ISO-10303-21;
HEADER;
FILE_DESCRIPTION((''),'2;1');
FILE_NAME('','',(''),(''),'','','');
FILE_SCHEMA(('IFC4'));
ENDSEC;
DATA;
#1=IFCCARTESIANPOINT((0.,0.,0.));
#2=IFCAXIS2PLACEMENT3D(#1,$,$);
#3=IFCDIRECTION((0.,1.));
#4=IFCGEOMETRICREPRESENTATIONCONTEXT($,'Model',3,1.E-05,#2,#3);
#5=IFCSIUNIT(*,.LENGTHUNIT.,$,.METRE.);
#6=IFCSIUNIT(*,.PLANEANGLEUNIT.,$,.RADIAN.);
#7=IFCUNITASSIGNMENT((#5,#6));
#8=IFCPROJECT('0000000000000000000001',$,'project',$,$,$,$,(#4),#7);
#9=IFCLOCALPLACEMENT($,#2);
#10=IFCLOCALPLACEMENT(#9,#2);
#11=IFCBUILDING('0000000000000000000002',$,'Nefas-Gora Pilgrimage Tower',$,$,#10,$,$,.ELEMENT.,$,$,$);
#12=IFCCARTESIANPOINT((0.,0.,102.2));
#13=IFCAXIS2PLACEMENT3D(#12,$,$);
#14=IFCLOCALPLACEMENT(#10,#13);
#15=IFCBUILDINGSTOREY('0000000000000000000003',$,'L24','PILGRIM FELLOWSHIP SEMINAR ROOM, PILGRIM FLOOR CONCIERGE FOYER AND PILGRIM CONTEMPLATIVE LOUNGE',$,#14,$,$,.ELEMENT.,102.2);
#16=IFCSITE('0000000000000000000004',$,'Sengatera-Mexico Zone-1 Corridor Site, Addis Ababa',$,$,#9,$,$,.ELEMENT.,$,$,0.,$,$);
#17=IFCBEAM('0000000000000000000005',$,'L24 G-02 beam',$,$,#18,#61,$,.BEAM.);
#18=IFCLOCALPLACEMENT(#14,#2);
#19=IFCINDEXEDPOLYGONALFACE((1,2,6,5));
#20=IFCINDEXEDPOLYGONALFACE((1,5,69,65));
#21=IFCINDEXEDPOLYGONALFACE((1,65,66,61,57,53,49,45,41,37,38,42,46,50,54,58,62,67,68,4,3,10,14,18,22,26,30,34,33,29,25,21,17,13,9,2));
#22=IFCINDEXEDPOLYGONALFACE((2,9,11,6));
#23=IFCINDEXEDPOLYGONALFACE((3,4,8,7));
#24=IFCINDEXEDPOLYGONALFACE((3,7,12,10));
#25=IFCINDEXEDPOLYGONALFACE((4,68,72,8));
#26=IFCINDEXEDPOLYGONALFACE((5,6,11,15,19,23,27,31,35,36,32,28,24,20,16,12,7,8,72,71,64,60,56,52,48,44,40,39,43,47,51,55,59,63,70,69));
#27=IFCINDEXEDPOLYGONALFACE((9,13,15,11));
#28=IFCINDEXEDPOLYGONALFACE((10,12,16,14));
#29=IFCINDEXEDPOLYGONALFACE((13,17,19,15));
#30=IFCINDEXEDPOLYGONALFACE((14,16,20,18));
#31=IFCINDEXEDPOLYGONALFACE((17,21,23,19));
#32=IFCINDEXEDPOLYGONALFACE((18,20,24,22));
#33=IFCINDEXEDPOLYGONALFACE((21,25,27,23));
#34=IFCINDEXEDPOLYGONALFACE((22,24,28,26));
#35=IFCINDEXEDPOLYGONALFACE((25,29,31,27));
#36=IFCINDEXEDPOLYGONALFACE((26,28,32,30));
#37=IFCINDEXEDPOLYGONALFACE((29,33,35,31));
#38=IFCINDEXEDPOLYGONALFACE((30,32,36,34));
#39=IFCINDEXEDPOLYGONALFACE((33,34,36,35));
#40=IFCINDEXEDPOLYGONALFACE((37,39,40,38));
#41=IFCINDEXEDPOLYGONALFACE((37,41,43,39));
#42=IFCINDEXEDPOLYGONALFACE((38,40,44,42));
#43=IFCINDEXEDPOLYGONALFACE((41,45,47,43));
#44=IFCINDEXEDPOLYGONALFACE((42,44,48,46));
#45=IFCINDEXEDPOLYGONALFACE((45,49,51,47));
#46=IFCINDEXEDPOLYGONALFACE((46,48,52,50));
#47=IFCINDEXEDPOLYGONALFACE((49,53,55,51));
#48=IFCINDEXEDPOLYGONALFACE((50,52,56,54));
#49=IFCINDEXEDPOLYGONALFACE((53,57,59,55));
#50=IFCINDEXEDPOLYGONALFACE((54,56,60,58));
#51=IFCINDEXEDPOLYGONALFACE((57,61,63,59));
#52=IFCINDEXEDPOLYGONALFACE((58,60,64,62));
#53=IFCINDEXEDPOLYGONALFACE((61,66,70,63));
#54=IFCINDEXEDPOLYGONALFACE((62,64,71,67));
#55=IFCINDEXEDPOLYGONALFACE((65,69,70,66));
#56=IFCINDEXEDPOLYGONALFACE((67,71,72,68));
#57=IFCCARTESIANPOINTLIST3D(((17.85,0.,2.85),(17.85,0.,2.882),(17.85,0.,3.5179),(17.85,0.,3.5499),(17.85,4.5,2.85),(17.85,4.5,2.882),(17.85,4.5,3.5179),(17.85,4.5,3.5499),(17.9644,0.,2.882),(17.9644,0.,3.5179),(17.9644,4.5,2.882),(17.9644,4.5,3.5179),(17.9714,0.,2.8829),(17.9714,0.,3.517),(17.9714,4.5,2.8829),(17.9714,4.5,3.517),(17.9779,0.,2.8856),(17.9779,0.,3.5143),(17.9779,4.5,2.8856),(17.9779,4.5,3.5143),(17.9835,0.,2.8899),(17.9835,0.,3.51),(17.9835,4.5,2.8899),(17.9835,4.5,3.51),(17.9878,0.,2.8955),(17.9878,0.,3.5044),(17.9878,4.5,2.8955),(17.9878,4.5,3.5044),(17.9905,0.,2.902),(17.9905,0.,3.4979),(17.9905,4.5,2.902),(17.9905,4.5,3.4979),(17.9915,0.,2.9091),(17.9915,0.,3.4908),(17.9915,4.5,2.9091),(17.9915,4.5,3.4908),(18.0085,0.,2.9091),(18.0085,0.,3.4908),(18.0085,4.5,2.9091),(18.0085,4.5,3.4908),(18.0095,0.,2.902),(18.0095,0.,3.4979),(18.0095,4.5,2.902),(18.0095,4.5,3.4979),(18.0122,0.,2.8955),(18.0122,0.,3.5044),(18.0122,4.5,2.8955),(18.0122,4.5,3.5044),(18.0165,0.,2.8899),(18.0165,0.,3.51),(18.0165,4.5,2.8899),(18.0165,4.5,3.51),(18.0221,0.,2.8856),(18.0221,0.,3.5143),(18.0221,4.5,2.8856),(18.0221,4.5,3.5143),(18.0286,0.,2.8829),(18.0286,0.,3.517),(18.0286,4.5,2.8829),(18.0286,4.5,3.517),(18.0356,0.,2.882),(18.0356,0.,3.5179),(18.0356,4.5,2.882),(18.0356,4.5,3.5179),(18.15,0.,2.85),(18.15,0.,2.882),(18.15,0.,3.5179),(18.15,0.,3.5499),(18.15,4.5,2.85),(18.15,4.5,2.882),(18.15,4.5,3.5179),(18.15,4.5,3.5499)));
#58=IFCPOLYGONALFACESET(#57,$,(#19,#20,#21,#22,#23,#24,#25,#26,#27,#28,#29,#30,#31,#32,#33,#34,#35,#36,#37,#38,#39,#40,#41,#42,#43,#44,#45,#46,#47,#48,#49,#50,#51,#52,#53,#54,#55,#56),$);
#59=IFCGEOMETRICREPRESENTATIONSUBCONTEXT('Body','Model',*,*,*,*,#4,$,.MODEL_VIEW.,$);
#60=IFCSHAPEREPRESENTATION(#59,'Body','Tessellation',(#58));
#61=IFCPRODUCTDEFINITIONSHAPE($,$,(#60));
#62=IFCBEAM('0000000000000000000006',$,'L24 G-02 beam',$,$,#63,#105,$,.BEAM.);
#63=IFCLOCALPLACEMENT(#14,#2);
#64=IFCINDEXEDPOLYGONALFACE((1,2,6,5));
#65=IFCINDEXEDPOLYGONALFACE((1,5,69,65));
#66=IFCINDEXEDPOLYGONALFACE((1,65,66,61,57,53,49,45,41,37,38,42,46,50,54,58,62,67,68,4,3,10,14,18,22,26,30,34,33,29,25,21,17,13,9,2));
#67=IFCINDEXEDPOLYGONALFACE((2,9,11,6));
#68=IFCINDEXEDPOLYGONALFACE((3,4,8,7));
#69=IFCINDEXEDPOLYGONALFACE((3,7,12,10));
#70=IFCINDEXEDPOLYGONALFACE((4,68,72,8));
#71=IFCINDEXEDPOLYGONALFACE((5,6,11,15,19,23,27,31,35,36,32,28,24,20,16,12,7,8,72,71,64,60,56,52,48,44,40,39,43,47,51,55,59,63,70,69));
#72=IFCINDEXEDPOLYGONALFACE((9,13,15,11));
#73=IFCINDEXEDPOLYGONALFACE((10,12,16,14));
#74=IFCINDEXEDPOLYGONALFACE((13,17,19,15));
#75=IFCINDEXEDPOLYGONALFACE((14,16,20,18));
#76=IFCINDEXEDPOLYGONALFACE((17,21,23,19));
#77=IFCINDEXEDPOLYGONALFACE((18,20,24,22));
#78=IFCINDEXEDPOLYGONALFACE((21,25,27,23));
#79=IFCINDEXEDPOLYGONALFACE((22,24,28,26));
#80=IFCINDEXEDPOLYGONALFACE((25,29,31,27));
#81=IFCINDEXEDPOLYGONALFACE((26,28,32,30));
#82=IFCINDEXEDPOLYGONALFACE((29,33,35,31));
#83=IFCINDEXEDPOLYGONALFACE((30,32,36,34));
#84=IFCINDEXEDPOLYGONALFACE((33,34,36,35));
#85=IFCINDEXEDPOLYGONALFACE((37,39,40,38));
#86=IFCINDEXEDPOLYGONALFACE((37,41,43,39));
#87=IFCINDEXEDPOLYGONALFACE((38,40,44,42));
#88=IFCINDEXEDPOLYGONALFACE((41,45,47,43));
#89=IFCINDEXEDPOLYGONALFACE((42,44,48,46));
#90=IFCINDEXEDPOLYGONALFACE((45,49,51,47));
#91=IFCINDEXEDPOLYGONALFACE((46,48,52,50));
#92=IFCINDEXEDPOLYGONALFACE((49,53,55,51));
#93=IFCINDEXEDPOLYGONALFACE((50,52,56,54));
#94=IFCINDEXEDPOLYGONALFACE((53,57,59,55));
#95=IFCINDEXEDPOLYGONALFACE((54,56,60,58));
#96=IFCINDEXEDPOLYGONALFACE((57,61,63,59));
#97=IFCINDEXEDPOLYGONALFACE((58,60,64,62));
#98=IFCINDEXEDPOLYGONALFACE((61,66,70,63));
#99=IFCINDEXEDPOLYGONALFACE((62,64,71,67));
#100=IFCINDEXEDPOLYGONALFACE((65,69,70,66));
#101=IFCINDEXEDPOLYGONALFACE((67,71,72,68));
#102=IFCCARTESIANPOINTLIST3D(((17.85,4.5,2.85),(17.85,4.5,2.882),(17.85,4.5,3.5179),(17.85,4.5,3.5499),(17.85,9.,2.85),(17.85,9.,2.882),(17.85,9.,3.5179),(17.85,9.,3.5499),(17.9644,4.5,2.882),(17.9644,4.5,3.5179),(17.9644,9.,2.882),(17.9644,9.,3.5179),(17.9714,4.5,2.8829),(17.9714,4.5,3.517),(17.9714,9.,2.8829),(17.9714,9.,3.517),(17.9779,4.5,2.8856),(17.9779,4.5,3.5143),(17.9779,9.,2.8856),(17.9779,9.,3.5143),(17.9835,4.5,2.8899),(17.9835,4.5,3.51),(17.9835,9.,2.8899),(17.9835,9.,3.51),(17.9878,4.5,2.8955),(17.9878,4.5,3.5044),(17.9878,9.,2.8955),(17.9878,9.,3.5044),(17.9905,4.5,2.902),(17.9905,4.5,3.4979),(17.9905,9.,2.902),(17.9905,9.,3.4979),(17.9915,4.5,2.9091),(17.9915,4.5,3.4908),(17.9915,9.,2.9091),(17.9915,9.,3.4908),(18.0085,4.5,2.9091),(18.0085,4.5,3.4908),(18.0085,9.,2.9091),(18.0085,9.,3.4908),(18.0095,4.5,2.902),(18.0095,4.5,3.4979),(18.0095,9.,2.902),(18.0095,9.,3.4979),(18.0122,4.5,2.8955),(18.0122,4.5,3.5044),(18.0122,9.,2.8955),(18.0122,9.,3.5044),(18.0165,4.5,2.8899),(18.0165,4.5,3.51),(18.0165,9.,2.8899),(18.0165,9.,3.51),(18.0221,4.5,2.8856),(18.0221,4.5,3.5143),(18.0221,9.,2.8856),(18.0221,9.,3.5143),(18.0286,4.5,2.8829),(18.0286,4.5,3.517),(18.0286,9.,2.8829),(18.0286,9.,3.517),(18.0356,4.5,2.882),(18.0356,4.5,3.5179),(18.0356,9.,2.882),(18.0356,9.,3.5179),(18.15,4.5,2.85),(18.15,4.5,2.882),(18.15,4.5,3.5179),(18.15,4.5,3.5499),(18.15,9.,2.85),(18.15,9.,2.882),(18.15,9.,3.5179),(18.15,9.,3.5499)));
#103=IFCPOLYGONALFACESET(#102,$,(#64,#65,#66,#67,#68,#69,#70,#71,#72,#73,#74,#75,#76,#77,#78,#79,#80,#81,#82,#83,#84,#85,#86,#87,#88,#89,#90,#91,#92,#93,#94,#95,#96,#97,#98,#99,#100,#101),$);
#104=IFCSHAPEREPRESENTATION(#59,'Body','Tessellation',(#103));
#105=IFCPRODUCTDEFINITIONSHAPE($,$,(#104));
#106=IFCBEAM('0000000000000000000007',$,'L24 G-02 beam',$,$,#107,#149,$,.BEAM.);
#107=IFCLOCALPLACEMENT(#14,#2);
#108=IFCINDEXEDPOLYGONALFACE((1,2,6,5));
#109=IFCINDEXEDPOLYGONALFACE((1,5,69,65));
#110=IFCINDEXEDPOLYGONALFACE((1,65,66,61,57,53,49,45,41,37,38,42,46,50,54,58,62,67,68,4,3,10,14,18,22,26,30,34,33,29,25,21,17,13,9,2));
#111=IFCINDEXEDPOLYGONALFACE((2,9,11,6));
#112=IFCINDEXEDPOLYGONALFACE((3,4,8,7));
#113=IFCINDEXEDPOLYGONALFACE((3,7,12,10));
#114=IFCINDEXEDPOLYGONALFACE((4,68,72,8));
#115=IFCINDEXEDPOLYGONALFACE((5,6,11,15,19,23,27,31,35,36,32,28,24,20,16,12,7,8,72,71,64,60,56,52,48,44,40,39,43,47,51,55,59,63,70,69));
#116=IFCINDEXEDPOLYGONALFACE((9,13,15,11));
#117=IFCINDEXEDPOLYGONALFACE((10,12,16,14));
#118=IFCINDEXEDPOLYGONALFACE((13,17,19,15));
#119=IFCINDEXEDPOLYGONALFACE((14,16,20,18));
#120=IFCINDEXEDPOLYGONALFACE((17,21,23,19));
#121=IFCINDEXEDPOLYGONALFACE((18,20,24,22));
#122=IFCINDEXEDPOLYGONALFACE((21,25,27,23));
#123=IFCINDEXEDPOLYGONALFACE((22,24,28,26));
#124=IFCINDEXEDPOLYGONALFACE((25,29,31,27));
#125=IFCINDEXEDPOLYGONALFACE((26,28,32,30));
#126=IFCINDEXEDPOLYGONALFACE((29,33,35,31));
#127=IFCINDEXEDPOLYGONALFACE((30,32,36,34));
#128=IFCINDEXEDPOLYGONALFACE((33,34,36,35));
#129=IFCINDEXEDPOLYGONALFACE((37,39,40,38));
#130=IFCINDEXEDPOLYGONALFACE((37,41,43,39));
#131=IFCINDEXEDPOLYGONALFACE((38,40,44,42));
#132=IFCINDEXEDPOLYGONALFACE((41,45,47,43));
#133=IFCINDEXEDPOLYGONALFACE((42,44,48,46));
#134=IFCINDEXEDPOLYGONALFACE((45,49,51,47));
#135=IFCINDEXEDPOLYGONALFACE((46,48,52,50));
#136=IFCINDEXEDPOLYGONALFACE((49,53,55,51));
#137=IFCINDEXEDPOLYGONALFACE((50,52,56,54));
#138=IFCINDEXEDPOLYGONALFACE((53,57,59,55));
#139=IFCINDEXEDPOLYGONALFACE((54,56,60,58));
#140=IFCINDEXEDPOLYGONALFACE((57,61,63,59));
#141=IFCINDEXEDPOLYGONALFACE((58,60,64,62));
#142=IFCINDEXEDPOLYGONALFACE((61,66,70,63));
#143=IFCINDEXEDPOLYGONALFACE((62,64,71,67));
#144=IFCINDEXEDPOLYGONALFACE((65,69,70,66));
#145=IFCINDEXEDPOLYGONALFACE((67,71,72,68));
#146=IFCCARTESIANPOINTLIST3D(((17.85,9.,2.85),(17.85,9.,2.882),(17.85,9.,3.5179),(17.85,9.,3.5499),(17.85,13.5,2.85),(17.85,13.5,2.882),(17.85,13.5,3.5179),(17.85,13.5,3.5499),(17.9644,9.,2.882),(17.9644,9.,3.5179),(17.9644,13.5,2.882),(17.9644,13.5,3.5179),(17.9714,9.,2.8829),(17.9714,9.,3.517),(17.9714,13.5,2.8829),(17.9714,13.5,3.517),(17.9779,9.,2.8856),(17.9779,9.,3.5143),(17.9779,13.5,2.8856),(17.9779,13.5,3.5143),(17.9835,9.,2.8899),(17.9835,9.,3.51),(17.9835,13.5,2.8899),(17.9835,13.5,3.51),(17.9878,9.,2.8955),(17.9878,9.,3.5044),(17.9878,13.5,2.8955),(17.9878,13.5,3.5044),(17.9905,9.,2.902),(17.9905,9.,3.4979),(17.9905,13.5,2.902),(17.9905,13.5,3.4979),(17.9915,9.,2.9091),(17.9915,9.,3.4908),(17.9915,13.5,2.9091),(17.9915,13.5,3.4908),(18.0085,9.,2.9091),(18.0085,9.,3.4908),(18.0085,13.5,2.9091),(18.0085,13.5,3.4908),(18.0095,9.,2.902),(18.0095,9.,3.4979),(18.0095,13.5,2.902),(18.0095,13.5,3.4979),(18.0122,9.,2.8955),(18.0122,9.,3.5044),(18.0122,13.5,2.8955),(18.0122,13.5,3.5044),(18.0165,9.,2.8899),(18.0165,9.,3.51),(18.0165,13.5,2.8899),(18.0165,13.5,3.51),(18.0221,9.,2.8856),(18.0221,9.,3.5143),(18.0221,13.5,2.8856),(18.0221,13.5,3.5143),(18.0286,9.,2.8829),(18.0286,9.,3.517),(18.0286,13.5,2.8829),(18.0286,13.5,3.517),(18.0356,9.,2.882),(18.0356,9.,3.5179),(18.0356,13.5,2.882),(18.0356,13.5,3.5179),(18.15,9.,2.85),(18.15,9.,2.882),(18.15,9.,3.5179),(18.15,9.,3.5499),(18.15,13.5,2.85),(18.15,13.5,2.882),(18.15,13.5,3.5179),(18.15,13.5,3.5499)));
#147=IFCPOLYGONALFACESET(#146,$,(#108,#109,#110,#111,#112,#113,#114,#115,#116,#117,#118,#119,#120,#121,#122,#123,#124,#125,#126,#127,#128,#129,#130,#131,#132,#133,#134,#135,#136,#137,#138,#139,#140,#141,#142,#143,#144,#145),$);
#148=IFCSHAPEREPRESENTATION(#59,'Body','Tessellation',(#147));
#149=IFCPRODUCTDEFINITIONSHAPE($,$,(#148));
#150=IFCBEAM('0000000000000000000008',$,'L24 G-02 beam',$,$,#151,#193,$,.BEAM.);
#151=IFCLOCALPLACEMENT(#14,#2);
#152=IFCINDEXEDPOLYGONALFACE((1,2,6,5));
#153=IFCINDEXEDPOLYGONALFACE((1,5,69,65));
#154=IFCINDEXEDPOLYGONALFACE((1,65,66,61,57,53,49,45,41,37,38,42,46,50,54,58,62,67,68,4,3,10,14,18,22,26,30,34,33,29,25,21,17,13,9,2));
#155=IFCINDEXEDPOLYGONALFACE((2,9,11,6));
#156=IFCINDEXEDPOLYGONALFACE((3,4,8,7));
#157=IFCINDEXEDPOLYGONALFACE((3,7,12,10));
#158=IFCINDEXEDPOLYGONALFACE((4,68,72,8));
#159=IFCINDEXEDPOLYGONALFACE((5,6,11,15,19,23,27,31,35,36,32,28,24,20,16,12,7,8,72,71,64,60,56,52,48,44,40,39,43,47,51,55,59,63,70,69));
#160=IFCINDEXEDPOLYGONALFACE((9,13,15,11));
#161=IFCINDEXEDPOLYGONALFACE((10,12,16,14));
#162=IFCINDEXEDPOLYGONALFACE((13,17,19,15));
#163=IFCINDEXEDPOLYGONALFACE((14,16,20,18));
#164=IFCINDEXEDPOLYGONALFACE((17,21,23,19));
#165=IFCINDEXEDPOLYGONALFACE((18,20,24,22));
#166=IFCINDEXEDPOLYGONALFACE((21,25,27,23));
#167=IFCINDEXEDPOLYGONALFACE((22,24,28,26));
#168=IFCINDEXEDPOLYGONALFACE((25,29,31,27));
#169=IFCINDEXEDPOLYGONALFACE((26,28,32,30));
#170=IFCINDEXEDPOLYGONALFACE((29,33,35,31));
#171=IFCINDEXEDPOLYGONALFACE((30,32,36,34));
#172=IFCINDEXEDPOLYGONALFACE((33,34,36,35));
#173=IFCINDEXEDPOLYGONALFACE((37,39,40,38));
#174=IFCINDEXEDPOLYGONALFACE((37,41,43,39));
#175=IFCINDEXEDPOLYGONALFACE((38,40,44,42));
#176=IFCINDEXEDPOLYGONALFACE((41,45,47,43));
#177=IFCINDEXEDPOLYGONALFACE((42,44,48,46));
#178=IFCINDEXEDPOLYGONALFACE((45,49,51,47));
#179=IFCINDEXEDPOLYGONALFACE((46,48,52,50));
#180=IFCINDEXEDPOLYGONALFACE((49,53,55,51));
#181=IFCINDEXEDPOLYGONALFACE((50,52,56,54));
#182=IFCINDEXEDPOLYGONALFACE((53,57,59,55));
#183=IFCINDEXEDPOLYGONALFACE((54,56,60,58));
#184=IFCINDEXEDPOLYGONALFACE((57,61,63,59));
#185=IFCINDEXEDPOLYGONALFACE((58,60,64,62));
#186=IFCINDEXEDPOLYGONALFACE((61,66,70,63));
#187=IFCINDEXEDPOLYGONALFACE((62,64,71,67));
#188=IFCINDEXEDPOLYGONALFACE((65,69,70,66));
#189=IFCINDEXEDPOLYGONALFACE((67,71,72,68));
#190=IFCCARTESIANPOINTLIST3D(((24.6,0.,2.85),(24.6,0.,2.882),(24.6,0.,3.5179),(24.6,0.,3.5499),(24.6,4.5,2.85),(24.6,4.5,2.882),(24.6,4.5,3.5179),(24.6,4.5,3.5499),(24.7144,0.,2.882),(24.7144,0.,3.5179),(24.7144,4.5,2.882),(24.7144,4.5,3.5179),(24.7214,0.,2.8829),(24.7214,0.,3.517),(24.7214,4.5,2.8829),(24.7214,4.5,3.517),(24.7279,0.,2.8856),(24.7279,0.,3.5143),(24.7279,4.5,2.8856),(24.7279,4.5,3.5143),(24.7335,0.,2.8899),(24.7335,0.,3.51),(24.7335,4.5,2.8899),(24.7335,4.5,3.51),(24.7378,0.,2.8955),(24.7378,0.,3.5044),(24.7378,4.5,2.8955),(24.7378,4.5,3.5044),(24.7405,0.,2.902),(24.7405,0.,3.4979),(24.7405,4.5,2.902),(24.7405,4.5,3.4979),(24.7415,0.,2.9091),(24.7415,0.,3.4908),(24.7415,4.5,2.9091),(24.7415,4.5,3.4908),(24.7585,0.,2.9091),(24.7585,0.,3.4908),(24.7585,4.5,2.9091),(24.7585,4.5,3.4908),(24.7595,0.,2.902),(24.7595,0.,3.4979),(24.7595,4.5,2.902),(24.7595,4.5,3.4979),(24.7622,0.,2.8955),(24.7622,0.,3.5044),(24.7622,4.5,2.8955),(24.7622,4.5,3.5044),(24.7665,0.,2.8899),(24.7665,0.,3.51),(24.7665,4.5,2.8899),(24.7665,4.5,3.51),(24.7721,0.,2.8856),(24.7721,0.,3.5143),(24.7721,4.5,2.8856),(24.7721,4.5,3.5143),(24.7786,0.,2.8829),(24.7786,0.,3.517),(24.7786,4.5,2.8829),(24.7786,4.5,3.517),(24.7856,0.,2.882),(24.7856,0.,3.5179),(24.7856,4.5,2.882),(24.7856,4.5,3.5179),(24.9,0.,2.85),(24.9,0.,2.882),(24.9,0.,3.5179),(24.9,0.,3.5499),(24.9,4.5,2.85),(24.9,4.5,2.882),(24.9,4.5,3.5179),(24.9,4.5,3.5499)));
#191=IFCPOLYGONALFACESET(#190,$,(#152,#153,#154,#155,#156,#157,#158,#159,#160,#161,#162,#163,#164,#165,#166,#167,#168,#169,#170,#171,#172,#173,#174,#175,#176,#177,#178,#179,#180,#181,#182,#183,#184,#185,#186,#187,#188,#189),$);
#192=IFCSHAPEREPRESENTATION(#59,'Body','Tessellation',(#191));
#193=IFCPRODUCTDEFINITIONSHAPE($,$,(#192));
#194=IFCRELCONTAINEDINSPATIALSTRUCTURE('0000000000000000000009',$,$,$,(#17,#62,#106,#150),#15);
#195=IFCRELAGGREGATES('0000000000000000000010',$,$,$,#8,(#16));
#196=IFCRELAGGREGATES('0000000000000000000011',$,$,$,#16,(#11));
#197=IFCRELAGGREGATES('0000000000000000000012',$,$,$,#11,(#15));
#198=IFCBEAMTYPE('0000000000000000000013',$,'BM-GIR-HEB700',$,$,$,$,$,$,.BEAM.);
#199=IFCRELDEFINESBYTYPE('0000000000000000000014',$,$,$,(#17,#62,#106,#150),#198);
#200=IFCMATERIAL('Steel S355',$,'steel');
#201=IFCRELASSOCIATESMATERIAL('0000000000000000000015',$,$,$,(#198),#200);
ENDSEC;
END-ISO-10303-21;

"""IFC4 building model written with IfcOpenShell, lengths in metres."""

from ifc_helpers import new_model, si_unit, direction, frame, origin, origin_2d, place, context, subcontext, project, spatial, i_section, extrude, source, transform, mapped, material, material_profile, profile_set, type_object, element, save


model = new_model("IFC4")

# Units and contexts
model_context = context("Model", 3, precision=1e-05, world=origin(), true_north=direction((0.0, 1.0)))
body_context = subcontext(model_context, "Body", "Model", "MODEL_VIEW")
ifc_project = project(units=[si_unit("LENGTHUNIT", "METRE"), si_unit("PLANEANGLEUNIT", "RADIAN")], contexts=[model_context])

# Site, building, storey
site_placement = place(None, origin())
site = spatial("IfcSite", under=ifc_project, at=site_placement, Name="Sengatera-Mexico Zone-1 Corridor Site, Addis Ababa", CompositionType="ELEMENT", RefElevation=0.0)
building_placement = place(site_placement, origin())
building = spatial("IfcBuilding", under=site, at=building_placement, Name="Nefas-Gora Pilgrimage Tower", CompositionType="ELEMENT")
storey_placement = place(building_placement, frame((0.0, 0.0, 102.2)))
storey = spatial("IfcBuildingStorey", under=building, at=storey_placement, Name="L24", Description="PILGRIM FELLOWSHIP SEMINAR ROOM, PILGRIM FLOOR CONCIERGE FOYER AND PILGRIM CONTEMPLATIVE LOUNGE", CompositionType="ELEMENT", Elevation=102.2)

# Beams
ifc_material_1 = material(Name="Steel S355", Category="steel")
ifc_material_profile_1 = material_profile(ifc_material_1, i_section(OverallWidth=0.3, OverallDepth=0.7, WebThickness=0.0171, FlangeThickness=0.032, FilletRadius=0.0271, at=origin_2d()), Name="HEB 700")
ifc_profile_set_1 = profile_set([ifc_material_profile_1], Name="Steel S355")
beam_type_1 = type_object("IfcBeamType", Name="BM-GIR-HEB700", PredefinedType="BEAM", material=ifc_profile_set_1)
shared_shape_1 = source(origin(), body_context, "Body", "SweptSolid", [
    extrude(i_section(OverallWidth=0.3, OverallDepth=0.7, WebThickness=0.0171, FlangeThickness=0.032, FilletRadius=0.0271, at=origin_2d()), origin(), (0.0, 0.0, 1.0), 4.5),
])
for number, where, z_axis, x_axis, name in (
    (1, (18.0, 0.0, 3.2), (0.0, 1.0, 0.0), (-1.0, 0.0, 0.0), "L24 G-02 beam"),
    (2, (18.0, 4.5, 3.2), (0.0, 1.0, 0.0), (-1.0, 0.0, 0.0), "L24 G-02 beam"),
    (3, (18.0, 9.0, 3.2), (0.0, 1.0, 0.0), (-1.0, 0.0, 0.0), "L24 G-02 beam"),
    (4, (24.75, 0.0, 3.2), (0.0, 1.0, 0.0), (-1.0, 0.0, 0.0), "L24 G-02 beam"),
):
    element("IfcBeam", number, at=place(storey_placement, frame(where, z_axis=z_axis, x_axis=x_axis)), inside=storey, type_object=beam_type_1, Name=name, PredefinedType="BEAM", context=body_context, shape_type="MappedRepresentation", body=[
        mapped(shared_shape_1, transform((0.0, 0.0, 0.0), x_axis=(1.0, 0.0, 0.0), y_axis=(0.0, 1.0, 0.0), z_axis=(0.0, 0.0, 1.0), scale=1.0)),
    ])

save(model, "model.ifc")
